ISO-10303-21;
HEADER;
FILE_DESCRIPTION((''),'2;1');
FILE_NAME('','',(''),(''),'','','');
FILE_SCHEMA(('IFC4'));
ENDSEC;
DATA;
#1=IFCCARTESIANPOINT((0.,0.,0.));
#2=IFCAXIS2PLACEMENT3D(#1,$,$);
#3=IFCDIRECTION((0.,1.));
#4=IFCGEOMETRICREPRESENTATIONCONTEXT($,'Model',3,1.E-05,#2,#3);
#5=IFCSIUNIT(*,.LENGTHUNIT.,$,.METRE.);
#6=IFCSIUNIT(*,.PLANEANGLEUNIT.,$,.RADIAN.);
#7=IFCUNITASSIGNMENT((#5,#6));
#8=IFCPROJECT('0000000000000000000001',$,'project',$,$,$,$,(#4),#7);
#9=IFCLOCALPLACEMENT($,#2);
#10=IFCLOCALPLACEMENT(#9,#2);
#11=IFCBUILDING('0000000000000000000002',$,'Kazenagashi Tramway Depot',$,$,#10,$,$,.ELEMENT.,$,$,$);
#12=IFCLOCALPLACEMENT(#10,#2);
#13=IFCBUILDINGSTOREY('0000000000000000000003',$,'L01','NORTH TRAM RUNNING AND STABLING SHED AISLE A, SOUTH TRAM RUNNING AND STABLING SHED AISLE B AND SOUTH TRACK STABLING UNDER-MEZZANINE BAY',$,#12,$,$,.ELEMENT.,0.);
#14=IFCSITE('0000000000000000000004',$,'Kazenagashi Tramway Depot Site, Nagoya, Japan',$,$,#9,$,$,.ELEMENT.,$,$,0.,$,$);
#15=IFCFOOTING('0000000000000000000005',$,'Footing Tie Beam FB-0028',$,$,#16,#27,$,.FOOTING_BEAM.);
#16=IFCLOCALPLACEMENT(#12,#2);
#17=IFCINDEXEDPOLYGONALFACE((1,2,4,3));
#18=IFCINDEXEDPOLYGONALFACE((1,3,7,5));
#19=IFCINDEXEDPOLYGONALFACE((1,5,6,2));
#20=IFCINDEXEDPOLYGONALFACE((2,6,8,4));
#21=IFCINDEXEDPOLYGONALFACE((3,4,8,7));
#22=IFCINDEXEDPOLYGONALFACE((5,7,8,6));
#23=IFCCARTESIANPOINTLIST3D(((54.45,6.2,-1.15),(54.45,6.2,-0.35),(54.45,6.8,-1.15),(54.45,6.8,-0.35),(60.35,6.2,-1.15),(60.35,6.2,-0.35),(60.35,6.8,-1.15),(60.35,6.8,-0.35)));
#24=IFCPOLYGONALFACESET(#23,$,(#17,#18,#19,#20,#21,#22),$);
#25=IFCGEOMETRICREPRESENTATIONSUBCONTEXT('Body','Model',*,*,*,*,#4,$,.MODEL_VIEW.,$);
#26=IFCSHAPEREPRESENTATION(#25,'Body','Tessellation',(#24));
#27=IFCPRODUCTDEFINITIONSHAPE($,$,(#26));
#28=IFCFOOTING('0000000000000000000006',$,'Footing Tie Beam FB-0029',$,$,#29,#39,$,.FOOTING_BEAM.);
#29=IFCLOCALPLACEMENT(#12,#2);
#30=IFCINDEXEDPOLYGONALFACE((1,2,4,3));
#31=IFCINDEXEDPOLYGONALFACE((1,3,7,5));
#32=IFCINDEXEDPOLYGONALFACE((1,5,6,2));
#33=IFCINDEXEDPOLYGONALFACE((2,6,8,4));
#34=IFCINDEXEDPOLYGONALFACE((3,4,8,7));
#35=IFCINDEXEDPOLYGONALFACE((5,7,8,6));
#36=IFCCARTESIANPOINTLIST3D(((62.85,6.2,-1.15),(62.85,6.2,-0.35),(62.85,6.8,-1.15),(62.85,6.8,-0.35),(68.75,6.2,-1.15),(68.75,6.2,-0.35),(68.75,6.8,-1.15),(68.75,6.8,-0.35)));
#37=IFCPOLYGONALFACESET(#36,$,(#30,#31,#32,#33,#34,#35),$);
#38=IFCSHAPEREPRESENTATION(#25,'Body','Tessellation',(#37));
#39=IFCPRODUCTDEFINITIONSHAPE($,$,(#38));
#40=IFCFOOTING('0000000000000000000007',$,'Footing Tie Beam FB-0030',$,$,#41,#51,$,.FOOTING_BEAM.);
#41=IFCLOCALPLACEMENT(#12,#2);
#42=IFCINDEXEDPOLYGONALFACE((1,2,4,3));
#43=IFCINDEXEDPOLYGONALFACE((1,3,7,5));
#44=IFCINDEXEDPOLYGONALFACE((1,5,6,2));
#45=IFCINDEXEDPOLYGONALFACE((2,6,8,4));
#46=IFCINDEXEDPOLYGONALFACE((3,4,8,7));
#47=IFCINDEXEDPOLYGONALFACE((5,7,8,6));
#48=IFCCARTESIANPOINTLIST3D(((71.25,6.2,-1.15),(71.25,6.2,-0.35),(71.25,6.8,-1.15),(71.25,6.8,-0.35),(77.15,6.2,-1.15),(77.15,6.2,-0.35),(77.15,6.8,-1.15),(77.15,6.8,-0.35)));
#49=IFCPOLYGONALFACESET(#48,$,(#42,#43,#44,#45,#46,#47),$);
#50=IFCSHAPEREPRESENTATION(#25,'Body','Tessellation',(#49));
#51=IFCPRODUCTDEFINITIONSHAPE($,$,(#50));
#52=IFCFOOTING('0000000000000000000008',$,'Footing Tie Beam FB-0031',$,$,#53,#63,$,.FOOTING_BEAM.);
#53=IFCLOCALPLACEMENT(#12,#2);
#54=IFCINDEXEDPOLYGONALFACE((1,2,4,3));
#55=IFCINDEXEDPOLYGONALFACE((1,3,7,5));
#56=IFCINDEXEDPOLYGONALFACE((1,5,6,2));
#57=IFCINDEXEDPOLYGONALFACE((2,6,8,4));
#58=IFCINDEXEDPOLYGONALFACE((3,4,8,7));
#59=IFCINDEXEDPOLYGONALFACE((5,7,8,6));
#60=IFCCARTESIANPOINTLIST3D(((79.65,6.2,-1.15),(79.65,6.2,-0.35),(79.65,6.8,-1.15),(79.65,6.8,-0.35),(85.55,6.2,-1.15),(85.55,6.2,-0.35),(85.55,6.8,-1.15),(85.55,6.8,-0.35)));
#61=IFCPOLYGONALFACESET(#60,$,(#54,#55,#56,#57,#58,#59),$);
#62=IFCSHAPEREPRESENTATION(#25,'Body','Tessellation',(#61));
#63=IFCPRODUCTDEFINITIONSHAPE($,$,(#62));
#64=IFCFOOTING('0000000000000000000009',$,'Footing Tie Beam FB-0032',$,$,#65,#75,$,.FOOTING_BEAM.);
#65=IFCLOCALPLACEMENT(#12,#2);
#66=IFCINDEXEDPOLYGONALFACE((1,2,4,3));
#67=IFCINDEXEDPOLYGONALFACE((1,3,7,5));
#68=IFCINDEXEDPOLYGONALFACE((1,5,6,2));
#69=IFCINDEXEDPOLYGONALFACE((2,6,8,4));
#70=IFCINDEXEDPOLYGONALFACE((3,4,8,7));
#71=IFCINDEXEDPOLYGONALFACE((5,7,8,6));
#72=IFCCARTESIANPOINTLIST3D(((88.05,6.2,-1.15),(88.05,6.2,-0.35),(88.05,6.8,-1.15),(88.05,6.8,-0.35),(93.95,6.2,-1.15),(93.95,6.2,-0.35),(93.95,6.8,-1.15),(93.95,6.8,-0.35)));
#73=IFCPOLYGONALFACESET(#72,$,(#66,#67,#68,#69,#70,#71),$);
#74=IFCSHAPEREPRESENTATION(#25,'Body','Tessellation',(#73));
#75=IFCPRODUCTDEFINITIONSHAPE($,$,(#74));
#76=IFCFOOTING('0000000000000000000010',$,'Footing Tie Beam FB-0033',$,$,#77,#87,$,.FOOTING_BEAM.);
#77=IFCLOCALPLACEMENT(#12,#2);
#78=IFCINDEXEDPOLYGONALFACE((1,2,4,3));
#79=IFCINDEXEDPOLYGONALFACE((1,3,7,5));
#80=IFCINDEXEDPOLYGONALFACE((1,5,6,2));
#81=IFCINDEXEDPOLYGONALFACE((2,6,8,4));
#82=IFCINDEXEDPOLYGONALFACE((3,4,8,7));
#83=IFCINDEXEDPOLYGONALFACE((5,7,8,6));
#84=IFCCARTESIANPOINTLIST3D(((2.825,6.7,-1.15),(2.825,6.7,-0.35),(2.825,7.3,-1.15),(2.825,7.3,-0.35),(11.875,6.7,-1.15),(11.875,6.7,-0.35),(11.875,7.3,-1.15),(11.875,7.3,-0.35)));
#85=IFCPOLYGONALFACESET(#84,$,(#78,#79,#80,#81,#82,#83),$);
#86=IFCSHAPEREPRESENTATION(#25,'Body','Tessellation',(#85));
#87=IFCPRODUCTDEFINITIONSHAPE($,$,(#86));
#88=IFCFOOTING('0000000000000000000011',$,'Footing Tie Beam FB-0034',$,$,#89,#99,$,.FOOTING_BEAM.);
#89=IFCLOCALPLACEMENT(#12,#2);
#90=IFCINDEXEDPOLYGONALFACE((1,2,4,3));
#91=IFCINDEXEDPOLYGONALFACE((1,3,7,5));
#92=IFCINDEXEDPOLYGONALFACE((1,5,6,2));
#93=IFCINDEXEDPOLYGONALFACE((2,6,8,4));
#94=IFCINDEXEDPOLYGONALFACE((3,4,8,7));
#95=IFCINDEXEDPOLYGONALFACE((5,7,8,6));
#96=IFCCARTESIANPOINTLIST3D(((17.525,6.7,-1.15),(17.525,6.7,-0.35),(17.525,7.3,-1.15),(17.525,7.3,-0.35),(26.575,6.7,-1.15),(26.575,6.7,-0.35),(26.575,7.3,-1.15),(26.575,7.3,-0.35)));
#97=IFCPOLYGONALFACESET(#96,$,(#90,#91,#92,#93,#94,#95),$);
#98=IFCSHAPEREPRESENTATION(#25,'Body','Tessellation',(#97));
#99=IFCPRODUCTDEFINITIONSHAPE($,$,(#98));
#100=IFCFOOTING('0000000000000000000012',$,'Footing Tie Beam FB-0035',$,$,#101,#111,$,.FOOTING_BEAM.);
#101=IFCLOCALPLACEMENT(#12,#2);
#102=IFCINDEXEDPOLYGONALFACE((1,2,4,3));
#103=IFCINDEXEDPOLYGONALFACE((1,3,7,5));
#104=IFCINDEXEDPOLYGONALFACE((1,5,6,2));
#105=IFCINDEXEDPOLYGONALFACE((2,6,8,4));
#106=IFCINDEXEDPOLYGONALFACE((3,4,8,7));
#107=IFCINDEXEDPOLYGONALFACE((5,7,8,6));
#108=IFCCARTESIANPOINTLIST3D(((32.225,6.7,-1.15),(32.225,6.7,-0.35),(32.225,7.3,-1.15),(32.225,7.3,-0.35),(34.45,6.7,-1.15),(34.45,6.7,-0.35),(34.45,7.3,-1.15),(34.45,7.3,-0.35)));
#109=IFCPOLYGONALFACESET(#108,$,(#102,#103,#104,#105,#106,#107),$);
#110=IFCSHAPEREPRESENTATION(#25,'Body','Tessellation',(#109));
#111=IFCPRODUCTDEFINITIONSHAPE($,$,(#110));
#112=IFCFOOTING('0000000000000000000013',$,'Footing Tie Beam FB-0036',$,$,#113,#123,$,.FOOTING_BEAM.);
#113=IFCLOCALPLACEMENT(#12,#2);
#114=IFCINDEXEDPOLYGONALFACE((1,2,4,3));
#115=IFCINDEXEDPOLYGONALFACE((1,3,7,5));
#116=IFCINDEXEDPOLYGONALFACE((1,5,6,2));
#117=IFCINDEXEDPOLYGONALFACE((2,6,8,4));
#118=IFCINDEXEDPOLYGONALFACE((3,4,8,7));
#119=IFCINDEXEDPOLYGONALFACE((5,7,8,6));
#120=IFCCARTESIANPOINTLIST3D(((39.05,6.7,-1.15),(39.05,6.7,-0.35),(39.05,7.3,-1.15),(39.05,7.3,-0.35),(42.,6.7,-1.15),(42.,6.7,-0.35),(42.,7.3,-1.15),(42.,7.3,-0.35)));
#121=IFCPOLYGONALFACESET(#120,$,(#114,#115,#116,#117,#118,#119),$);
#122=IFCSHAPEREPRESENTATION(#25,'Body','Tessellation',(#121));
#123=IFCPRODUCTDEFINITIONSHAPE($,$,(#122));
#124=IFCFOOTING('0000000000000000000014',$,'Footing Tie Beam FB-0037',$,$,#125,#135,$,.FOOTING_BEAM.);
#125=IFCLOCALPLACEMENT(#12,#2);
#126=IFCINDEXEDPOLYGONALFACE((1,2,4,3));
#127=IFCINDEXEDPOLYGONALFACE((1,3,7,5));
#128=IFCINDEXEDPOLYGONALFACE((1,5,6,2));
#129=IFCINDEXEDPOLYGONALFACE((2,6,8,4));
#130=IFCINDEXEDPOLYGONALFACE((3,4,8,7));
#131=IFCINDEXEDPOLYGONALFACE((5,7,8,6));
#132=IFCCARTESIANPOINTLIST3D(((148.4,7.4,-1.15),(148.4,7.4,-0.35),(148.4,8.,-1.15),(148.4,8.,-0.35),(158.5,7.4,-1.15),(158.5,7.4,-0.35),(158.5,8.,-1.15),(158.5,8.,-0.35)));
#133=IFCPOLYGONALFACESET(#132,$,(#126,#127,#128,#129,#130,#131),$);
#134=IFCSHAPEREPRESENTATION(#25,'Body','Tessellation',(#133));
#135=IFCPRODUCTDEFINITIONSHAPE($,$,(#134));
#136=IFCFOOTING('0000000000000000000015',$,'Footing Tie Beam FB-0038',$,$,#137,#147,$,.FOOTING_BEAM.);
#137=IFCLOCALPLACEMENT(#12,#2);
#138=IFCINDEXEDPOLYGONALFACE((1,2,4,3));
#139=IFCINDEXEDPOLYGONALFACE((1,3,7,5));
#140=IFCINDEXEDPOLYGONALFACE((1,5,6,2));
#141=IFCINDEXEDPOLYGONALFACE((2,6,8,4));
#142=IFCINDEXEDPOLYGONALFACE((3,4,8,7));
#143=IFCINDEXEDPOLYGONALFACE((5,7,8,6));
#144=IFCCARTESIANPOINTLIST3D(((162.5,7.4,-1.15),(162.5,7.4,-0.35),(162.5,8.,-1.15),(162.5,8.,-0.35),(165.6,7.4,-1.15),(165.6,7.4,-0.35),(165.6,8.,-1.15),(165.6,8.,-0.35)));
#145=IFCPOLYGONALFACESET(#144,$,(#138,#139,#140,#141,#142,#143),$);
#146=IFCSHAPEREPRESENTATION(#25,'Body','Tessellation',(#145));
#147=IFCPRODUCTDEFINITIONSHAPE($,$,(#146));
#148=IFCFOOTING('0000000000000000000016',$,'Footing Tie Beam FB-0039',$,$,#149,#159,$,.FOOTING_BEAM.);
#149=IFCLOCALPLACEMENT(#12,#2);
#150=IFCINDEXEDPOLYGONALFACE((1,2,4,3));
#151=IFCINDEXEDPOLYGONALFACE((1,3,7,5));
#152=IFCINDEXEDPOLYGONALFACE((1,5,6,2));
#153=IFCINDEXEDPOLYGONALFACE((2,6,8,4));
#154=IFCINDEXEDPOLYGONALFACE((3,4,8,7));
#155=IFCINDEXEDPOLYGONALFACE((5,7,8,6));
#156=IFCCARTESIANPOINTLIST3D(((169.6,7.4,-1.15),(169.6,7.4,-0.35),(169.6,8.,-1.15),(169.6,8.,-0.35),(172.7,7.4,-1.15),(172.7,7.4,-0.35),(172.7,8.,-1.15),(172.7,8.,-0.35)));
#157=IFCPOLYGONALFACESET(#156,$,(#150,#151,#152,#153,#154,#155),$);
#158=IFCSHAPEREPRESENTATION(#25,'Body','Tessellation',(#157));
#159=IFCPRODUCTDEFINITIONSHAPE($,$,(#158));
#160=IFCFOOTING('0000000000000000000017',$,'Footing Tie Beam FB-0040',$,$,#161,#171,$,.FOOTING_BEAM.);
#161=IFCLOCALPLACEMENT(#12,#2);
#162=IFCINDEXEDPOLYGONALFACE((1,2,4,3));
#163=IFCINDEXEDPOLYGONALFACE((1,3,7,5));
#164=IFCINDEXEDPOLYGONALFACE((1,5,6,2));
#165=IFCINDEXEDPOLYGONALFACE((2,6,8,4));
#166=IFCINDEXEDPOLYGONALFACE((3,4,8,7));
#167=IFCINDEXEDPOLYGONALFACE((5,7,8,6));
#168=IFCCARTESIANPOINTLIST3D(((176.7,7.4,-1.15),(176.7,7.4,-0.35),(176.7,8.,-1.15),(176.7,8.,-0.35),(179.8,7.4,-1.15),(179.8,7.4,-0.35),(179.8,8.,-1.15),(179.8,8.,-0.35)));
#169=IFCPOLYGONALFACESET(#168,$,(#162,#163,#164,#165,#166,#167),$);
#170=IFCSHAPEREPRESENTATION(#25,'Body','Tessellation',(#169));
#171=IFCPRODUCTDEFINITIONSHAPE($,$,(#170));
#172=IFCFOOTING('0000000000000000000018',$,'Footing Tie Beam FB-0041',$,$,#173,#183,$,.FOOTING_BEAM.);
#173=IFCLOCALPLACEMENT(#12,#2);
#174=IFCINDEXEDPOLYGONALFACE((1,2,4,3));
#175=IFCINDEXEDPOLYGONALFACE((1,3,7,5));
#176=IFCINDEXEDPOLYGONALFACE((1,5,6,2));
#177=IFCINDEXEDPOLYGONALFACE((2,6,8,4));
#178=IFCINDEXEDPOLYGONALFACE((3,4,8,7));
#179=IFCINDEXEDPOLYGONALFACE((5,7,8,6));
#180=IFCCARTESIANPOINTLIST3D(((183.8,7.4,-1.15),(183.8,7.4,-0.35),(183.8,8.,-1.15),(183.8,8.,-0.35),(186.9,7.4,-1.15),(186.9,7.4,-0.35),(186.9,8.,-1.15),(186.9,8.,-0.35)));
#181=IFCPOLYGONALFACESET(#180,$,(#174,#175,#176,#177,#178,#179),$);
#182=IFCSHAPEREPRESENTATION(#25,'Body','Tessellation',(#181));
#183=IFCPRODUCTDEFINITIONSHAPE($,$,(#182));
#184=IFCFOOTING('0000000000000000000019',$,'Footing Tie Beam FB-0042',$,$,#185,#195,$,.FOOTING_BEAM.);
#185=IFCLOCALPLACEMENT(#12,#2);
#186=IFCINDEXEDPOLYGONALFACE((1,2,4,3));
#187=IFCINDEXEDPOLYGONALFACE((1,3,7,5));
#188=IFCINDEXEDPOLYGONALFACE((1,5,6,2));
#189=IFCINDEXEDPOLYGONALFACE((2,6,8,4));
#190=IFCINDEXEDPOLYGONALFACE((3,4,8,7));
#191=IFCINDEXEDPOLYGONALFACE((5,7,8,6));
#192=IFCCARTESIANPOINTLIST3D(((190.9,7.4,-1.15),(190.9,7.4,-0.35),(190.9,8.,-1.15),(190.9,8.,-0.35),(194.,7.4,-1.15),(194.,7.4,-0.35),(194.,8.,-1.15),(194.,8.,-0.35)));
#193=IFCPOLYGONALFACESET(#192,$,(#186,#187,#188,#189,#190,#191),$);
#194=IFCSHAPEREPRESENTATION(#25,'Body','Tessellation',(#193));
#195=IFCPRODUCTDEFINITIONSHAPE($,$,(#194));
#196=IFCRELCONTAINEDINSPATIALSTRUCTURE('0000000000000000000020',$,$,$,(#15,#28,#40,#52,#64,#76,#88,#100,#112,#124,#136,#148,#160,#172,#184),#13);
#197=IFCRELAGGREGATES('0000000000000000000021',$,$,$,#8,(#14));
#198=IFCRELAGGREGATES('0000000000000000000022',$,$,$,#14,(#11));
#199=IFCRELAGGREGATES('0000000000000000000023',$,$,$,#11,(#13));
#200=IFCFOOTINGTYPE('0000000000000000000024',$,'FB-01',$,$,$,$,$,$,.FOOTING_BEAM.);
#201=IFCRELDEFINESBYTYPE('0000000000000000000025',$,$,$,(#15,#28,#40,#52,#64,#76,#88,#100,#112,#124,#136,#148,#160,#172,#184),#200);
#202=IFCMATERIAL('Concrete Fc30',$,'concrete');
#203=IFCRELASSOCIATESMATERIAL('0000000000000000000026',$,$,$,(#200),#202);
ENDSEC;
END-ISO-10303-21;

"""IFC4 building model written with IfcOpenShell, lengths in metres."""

from ifc_helpers import new_model, si_unit, direction, frame, origin, place, context, subcontext, project, spatial, polyline, outline, extrude, material, type_object, element, save


model = new_model("IFC4")

# Units and contexts
model_context = context("Model", 3, precision=1e-05, world=origin(), true_north=direction((0.0, 1.0)))
body_context = subcontext(model_context, "Body", "Model", "MODEL_VIEW")
ifc_project = project(units=[si_unit("LENGTHUNIT", "METRE"), si_unit("PLANEANGLEUNIT", "RADIAN")], contexts=[model_context])

# Site, building, storey
site_placement = place(None, origin())
site = spatial("IfcSite", under=ifc_project, at=site_placement, Name="Kazenagashi Tramway Depot Site, Nagoya, Japan", CompositionType="ELEMENT", RefElevation=0.0)
building_placement = place(site_placement, origin())
building = spatial("IfcBuilding", under=site, at=building_placement, Name="Kazenagashi Tramway Depot", CompositionType="ELEMENT")
storey_placement = place(building_placement, origin())
storey = spatial("IfcBuildingStorey", under=building, at=storey_placement, Name="L01", Description="NORTH TRAM RUNNING AND STABLING SHED AISLE A, SOUTH TRAM RUNNING AND STABLING SHED AISLE B AND SOUTH TRACK STABLING UNDER-MEZZANINE BAY", CompositionType="ELEMENT", Elevation=0.0)

# Footings
ifc_material = material(Name="Concrete Fc30", Category="concrete")
footing_type = type_object("IfcFootingType", Name="FB-01", PredefinedType="FOOTING_BEAM", material=ifc_material)
footing_1_placement = place(storey_placement, frame((0.0, 0.0, -1.15)))
element("IfcFooting", 1, at=footing_1_placement, inside=storey, type_object=footing_type, Name="Footing Tie Beam FB-0028", PredefinedType="FOOTING_BEAM", context=body_context, shape_type="SweptSolid", body=[
    extrude(outline(polyline([(54.45, 6.2), (60.35, 6.2), (60.35, 6.8), (54.45, 6.8), (54.45, 6.2)])), origin(), (0.0, 0.0, 1.0), 0.8),
])
footing_2_placement = place(storey_placement, frame((0.0, 0.0, -1.15)))
element("IfcFooting", 2, at=footing_2_placement, inside=storey, type_object=footing_type, Name="Footing Tie Beam FB-0029", PredefinedType="FOOTING_BEAM", context=body_context, shape_type="SweptSolid", body=[
    extrude(outline(polyline([(62.85, 6.2), (68.75, 6.2), (68.75, 6.8), (62.85, 6.8), (62.85, 6.2)])), origin(), (0.0, 0.0, 1.0), 0.8),
])
footing_3_placement = place(storey_placement, frame((0.0, 0.0, -1.15)))
element("IfcFooting", 3, at=footing_3_placement, inside=storey, type_object=footing_type, Name="Footing Tie Beam FB-0030", PredefinedType="FOOTING_BEAM", context=body_context, shape_type="SweptSolid", body=[
    extrude(outline(polyline([(71.25, 6.2), (77.15, 6.2), (77.15, 6.8), (71.25, 6.8), (71.25, 6.2)])), origin(), (0.0, 0.0, 1.0), 0.8),
])
footing_4_placement = place(storey_placement, frame((0.0, 0.0, -1.15)))
element("IfcFooting", 4, at=footing_4_placement, inside=storey, type_object=footing_type, Name="Footing Tie Beam FB-0031", PredefinedType="FOOTING_BEAM", context=body_context, shape_type="SweptSolid", body=[
    extrude(outline(polyline([(79.65, 6.2), (85.55, 6.2), (85.55, 6.8), (79.65, 6.8), (79.65, 6.2)])), origin(), (0.0, 0.0, 1.0), 0.8),
])
footing_5_placement = place(storey_placement, frame((0.0, 0.0, -1.15)))
element("IfcFooting", 5, at=footing_5_placement, inside=storey, type_object=footing_type, Name="Footing Tie Beam FB-0032", PredefinedType="FOOTING_BEAM", context=body_context, shape_type="SweptSolid", body=[
    extrude(outline(polyline([(88.05, 6.2), (93.95, 6.2), (93.95, 6.8), (88.05, 6.8), (88.05, 6.2)])), origin(), (0.0, 0.0, 1.0), 0.8),
])
footing_6_placement = place(storey_placement, frame((0.0, 0.0, -1.15)))
element("IfcFooting", 6, at=footing_6_placement, inside=storey, type_object=footing_type, Name="Footing Tie Beam FB-0033", PredefinedType="FOOTING_BEAM", context=body_context, shape_type="SweptSolid", body=[
    extrude(outline(polyline([(2.825, 6.7), (11.875, 6.7), (11.875, 7.3), (2.825, 7.3), (2.825, 6.7)])), origin(), (0.0, 0.0, 1.0), 0.8),
])
footing_7_placement = place(storey_placement, frame((0.0, 0.0, -1.15)))
element("IfcFooting", 7, at=footing_7_placement, inside=storey, type_object=footing_type, Name="Footing Tie Beam FB-0034", PredefinedType="FOOTING_BEAM", context=body_context, shape_type="SweptSolid", body=[
    extrude(outline(polyline([(17.525, 6.7), (26.575, 6.7), (26.575, 7.3), (17.525, 7.3), (17.525, 6.7)])), origin(), (0.0, 0.0, 1.0), 0.8),
])
footing_8_placement = place(storey_placement, frame((0.0, 0.0, -1.15)))
element("IfcFooting", 8, at=footing_8_placement, inside=storey, type_object=footing_type, Name="Footing Tie Beam FB-0035", PredefinedType="FOOTING_BEAM", context=body_context, shape_type="SweptSolid", body=[
    extrude(outline(polyline([(32.225, 6.7), (34.45, 6.7), (34.45, 7.3), (32.225, 7.3), (32.225, 6.7)])), origin(), (0.0, 0.0, 1.0), 0.8),
])
footing_9_placement = place(storey_placement, frame((0.0, 0.0, -1.15)))
element("IfcFooting", 9, at=footing_9_placement, inside=storey, type_object=footing_type, Name="Footing Tie Beam FB-0036", PredefinedType="FOOTING_BEAM", context=body_context, shape_type="SweptSolid", body=[
    extrude(outline(polyline([(39.05, 6.7), (42.0, 6.7), (42.0, 7.3), (39.05, 7.3), (39.05, 6.7)])), origin(), (0.0, 0.0, 1.0), 0.8),
])
footing_10_placement = place(storey_placement, frame((0.0, 0.0, -1.15)))
element("IfcFooting", 10, at=footing_10_placement, inside=storey, type_object=footing_type, Name="Footing Tie Beam FB-0037", PredefinedType="FOOTING_BEAM", context=body_context, shape_type="SweptSolid", body=[
    extrude(outline(polyline([(148.4, 7.4), (158.5, 7.4), (158.5, 8.0), (148.4, 8.0), (148.4, 7.4)])), origin(), (0.0, 0.0, 1.0), 0.8),
])
footing_11_placement = place(storey_placement, frame((0.0, 0.0, -1.15)))
element("IfcFooting", 11, at=footing_11_placement, inside=storey, type_object=footing_type, Name="Footing Tie Beam FB-0038", PredefinedType="FOOTING_BEAM", context=body_context, shape_type="SweptSolid", body=[
    extrude(outline(polyline([(162.5, 7.4), (165.6, 7.4), (165.6, 8.0), (162.5, 8.0), (162.5, 7.4)])), origin(), (0.0, 0.0, 1.0), 0.8),
])
footing_12_placement = place(storey_placement, frame((0.0, 0.0, -1.15)))
element("IfcFooting", 12, at=footing_12_placement, inside=storey, type_object=footing_type, Name="Footing Tie Beam FB-0039", PredefinedType="FOOTING_BEAM", context=body_context, shape_type="SweptSolid", body=[
    extrude(outline(polyline([(169.6, 7.4), (172.7, 7.4), (172.7, 8.0), (169.6, 8.0), (169.6, 7.4)])), origin(), (0.0, 0.0, 1.0), 0.8),
])
footing_13_placement = place(storey_placement, frame((0.0, 0.0, -1.15)))
element("IfcFooting", 13, at=footing_13_placement, inside=storey, type_object=footing_type, Name="Footing Tie Beam FB-0040", PredefinedType="FOOTING_BEAM", context=body_context, shape_type="SweptSolid", body=[
    extrude(outline(polyline([(176.7, 7.4), (179.8, 7.4), (179.8, 8.0), (176.7, 8.0), (176.7, 7.4)])), origin(), (0.0, 0.0, 1.0), 0.8),
])
footing_14_placement = place(storey_placement, frame((0.0, 0.0, -1.15)))
element("IfcFooting", 14, at=footing_14_placement, inside=storey, type_object=footing_type, Name="Footing Tie Beam FB-0041", PredefinedType="FOOTING_BEAM", context=body_context, shape_type="SweptSolid", body=[
    extrude(outline(polyline([(183.8, 7.4), (186.9, 7.4), (186.9, 8.0), (183.8, 8.0), (183.8, 7.4)])), origin(), (0.0, 0.0, 1.0), 0.8),
])
footing_15_placement = place(storey_placement, frame((0.0, 0.0, -1.15)))
element("IfcFooting", 15, at=footing_15_placement, inside=storey, type_object=footing_type, Name="Footing Tie Beam FB-0042", PredefinedType="FOOTING_BEAM", context=body_context, shape_type="SweptSolid", body=[
    extrude(outline(polyline([(190.9, 7.4), (194.0, 7.4), (194.0, 8.0), (190.9, 8.0), (190.9, 7.4)])), origin(), (0.0, 0.0, 1.0), 0.8),
])

save(model, "model.ifc")
